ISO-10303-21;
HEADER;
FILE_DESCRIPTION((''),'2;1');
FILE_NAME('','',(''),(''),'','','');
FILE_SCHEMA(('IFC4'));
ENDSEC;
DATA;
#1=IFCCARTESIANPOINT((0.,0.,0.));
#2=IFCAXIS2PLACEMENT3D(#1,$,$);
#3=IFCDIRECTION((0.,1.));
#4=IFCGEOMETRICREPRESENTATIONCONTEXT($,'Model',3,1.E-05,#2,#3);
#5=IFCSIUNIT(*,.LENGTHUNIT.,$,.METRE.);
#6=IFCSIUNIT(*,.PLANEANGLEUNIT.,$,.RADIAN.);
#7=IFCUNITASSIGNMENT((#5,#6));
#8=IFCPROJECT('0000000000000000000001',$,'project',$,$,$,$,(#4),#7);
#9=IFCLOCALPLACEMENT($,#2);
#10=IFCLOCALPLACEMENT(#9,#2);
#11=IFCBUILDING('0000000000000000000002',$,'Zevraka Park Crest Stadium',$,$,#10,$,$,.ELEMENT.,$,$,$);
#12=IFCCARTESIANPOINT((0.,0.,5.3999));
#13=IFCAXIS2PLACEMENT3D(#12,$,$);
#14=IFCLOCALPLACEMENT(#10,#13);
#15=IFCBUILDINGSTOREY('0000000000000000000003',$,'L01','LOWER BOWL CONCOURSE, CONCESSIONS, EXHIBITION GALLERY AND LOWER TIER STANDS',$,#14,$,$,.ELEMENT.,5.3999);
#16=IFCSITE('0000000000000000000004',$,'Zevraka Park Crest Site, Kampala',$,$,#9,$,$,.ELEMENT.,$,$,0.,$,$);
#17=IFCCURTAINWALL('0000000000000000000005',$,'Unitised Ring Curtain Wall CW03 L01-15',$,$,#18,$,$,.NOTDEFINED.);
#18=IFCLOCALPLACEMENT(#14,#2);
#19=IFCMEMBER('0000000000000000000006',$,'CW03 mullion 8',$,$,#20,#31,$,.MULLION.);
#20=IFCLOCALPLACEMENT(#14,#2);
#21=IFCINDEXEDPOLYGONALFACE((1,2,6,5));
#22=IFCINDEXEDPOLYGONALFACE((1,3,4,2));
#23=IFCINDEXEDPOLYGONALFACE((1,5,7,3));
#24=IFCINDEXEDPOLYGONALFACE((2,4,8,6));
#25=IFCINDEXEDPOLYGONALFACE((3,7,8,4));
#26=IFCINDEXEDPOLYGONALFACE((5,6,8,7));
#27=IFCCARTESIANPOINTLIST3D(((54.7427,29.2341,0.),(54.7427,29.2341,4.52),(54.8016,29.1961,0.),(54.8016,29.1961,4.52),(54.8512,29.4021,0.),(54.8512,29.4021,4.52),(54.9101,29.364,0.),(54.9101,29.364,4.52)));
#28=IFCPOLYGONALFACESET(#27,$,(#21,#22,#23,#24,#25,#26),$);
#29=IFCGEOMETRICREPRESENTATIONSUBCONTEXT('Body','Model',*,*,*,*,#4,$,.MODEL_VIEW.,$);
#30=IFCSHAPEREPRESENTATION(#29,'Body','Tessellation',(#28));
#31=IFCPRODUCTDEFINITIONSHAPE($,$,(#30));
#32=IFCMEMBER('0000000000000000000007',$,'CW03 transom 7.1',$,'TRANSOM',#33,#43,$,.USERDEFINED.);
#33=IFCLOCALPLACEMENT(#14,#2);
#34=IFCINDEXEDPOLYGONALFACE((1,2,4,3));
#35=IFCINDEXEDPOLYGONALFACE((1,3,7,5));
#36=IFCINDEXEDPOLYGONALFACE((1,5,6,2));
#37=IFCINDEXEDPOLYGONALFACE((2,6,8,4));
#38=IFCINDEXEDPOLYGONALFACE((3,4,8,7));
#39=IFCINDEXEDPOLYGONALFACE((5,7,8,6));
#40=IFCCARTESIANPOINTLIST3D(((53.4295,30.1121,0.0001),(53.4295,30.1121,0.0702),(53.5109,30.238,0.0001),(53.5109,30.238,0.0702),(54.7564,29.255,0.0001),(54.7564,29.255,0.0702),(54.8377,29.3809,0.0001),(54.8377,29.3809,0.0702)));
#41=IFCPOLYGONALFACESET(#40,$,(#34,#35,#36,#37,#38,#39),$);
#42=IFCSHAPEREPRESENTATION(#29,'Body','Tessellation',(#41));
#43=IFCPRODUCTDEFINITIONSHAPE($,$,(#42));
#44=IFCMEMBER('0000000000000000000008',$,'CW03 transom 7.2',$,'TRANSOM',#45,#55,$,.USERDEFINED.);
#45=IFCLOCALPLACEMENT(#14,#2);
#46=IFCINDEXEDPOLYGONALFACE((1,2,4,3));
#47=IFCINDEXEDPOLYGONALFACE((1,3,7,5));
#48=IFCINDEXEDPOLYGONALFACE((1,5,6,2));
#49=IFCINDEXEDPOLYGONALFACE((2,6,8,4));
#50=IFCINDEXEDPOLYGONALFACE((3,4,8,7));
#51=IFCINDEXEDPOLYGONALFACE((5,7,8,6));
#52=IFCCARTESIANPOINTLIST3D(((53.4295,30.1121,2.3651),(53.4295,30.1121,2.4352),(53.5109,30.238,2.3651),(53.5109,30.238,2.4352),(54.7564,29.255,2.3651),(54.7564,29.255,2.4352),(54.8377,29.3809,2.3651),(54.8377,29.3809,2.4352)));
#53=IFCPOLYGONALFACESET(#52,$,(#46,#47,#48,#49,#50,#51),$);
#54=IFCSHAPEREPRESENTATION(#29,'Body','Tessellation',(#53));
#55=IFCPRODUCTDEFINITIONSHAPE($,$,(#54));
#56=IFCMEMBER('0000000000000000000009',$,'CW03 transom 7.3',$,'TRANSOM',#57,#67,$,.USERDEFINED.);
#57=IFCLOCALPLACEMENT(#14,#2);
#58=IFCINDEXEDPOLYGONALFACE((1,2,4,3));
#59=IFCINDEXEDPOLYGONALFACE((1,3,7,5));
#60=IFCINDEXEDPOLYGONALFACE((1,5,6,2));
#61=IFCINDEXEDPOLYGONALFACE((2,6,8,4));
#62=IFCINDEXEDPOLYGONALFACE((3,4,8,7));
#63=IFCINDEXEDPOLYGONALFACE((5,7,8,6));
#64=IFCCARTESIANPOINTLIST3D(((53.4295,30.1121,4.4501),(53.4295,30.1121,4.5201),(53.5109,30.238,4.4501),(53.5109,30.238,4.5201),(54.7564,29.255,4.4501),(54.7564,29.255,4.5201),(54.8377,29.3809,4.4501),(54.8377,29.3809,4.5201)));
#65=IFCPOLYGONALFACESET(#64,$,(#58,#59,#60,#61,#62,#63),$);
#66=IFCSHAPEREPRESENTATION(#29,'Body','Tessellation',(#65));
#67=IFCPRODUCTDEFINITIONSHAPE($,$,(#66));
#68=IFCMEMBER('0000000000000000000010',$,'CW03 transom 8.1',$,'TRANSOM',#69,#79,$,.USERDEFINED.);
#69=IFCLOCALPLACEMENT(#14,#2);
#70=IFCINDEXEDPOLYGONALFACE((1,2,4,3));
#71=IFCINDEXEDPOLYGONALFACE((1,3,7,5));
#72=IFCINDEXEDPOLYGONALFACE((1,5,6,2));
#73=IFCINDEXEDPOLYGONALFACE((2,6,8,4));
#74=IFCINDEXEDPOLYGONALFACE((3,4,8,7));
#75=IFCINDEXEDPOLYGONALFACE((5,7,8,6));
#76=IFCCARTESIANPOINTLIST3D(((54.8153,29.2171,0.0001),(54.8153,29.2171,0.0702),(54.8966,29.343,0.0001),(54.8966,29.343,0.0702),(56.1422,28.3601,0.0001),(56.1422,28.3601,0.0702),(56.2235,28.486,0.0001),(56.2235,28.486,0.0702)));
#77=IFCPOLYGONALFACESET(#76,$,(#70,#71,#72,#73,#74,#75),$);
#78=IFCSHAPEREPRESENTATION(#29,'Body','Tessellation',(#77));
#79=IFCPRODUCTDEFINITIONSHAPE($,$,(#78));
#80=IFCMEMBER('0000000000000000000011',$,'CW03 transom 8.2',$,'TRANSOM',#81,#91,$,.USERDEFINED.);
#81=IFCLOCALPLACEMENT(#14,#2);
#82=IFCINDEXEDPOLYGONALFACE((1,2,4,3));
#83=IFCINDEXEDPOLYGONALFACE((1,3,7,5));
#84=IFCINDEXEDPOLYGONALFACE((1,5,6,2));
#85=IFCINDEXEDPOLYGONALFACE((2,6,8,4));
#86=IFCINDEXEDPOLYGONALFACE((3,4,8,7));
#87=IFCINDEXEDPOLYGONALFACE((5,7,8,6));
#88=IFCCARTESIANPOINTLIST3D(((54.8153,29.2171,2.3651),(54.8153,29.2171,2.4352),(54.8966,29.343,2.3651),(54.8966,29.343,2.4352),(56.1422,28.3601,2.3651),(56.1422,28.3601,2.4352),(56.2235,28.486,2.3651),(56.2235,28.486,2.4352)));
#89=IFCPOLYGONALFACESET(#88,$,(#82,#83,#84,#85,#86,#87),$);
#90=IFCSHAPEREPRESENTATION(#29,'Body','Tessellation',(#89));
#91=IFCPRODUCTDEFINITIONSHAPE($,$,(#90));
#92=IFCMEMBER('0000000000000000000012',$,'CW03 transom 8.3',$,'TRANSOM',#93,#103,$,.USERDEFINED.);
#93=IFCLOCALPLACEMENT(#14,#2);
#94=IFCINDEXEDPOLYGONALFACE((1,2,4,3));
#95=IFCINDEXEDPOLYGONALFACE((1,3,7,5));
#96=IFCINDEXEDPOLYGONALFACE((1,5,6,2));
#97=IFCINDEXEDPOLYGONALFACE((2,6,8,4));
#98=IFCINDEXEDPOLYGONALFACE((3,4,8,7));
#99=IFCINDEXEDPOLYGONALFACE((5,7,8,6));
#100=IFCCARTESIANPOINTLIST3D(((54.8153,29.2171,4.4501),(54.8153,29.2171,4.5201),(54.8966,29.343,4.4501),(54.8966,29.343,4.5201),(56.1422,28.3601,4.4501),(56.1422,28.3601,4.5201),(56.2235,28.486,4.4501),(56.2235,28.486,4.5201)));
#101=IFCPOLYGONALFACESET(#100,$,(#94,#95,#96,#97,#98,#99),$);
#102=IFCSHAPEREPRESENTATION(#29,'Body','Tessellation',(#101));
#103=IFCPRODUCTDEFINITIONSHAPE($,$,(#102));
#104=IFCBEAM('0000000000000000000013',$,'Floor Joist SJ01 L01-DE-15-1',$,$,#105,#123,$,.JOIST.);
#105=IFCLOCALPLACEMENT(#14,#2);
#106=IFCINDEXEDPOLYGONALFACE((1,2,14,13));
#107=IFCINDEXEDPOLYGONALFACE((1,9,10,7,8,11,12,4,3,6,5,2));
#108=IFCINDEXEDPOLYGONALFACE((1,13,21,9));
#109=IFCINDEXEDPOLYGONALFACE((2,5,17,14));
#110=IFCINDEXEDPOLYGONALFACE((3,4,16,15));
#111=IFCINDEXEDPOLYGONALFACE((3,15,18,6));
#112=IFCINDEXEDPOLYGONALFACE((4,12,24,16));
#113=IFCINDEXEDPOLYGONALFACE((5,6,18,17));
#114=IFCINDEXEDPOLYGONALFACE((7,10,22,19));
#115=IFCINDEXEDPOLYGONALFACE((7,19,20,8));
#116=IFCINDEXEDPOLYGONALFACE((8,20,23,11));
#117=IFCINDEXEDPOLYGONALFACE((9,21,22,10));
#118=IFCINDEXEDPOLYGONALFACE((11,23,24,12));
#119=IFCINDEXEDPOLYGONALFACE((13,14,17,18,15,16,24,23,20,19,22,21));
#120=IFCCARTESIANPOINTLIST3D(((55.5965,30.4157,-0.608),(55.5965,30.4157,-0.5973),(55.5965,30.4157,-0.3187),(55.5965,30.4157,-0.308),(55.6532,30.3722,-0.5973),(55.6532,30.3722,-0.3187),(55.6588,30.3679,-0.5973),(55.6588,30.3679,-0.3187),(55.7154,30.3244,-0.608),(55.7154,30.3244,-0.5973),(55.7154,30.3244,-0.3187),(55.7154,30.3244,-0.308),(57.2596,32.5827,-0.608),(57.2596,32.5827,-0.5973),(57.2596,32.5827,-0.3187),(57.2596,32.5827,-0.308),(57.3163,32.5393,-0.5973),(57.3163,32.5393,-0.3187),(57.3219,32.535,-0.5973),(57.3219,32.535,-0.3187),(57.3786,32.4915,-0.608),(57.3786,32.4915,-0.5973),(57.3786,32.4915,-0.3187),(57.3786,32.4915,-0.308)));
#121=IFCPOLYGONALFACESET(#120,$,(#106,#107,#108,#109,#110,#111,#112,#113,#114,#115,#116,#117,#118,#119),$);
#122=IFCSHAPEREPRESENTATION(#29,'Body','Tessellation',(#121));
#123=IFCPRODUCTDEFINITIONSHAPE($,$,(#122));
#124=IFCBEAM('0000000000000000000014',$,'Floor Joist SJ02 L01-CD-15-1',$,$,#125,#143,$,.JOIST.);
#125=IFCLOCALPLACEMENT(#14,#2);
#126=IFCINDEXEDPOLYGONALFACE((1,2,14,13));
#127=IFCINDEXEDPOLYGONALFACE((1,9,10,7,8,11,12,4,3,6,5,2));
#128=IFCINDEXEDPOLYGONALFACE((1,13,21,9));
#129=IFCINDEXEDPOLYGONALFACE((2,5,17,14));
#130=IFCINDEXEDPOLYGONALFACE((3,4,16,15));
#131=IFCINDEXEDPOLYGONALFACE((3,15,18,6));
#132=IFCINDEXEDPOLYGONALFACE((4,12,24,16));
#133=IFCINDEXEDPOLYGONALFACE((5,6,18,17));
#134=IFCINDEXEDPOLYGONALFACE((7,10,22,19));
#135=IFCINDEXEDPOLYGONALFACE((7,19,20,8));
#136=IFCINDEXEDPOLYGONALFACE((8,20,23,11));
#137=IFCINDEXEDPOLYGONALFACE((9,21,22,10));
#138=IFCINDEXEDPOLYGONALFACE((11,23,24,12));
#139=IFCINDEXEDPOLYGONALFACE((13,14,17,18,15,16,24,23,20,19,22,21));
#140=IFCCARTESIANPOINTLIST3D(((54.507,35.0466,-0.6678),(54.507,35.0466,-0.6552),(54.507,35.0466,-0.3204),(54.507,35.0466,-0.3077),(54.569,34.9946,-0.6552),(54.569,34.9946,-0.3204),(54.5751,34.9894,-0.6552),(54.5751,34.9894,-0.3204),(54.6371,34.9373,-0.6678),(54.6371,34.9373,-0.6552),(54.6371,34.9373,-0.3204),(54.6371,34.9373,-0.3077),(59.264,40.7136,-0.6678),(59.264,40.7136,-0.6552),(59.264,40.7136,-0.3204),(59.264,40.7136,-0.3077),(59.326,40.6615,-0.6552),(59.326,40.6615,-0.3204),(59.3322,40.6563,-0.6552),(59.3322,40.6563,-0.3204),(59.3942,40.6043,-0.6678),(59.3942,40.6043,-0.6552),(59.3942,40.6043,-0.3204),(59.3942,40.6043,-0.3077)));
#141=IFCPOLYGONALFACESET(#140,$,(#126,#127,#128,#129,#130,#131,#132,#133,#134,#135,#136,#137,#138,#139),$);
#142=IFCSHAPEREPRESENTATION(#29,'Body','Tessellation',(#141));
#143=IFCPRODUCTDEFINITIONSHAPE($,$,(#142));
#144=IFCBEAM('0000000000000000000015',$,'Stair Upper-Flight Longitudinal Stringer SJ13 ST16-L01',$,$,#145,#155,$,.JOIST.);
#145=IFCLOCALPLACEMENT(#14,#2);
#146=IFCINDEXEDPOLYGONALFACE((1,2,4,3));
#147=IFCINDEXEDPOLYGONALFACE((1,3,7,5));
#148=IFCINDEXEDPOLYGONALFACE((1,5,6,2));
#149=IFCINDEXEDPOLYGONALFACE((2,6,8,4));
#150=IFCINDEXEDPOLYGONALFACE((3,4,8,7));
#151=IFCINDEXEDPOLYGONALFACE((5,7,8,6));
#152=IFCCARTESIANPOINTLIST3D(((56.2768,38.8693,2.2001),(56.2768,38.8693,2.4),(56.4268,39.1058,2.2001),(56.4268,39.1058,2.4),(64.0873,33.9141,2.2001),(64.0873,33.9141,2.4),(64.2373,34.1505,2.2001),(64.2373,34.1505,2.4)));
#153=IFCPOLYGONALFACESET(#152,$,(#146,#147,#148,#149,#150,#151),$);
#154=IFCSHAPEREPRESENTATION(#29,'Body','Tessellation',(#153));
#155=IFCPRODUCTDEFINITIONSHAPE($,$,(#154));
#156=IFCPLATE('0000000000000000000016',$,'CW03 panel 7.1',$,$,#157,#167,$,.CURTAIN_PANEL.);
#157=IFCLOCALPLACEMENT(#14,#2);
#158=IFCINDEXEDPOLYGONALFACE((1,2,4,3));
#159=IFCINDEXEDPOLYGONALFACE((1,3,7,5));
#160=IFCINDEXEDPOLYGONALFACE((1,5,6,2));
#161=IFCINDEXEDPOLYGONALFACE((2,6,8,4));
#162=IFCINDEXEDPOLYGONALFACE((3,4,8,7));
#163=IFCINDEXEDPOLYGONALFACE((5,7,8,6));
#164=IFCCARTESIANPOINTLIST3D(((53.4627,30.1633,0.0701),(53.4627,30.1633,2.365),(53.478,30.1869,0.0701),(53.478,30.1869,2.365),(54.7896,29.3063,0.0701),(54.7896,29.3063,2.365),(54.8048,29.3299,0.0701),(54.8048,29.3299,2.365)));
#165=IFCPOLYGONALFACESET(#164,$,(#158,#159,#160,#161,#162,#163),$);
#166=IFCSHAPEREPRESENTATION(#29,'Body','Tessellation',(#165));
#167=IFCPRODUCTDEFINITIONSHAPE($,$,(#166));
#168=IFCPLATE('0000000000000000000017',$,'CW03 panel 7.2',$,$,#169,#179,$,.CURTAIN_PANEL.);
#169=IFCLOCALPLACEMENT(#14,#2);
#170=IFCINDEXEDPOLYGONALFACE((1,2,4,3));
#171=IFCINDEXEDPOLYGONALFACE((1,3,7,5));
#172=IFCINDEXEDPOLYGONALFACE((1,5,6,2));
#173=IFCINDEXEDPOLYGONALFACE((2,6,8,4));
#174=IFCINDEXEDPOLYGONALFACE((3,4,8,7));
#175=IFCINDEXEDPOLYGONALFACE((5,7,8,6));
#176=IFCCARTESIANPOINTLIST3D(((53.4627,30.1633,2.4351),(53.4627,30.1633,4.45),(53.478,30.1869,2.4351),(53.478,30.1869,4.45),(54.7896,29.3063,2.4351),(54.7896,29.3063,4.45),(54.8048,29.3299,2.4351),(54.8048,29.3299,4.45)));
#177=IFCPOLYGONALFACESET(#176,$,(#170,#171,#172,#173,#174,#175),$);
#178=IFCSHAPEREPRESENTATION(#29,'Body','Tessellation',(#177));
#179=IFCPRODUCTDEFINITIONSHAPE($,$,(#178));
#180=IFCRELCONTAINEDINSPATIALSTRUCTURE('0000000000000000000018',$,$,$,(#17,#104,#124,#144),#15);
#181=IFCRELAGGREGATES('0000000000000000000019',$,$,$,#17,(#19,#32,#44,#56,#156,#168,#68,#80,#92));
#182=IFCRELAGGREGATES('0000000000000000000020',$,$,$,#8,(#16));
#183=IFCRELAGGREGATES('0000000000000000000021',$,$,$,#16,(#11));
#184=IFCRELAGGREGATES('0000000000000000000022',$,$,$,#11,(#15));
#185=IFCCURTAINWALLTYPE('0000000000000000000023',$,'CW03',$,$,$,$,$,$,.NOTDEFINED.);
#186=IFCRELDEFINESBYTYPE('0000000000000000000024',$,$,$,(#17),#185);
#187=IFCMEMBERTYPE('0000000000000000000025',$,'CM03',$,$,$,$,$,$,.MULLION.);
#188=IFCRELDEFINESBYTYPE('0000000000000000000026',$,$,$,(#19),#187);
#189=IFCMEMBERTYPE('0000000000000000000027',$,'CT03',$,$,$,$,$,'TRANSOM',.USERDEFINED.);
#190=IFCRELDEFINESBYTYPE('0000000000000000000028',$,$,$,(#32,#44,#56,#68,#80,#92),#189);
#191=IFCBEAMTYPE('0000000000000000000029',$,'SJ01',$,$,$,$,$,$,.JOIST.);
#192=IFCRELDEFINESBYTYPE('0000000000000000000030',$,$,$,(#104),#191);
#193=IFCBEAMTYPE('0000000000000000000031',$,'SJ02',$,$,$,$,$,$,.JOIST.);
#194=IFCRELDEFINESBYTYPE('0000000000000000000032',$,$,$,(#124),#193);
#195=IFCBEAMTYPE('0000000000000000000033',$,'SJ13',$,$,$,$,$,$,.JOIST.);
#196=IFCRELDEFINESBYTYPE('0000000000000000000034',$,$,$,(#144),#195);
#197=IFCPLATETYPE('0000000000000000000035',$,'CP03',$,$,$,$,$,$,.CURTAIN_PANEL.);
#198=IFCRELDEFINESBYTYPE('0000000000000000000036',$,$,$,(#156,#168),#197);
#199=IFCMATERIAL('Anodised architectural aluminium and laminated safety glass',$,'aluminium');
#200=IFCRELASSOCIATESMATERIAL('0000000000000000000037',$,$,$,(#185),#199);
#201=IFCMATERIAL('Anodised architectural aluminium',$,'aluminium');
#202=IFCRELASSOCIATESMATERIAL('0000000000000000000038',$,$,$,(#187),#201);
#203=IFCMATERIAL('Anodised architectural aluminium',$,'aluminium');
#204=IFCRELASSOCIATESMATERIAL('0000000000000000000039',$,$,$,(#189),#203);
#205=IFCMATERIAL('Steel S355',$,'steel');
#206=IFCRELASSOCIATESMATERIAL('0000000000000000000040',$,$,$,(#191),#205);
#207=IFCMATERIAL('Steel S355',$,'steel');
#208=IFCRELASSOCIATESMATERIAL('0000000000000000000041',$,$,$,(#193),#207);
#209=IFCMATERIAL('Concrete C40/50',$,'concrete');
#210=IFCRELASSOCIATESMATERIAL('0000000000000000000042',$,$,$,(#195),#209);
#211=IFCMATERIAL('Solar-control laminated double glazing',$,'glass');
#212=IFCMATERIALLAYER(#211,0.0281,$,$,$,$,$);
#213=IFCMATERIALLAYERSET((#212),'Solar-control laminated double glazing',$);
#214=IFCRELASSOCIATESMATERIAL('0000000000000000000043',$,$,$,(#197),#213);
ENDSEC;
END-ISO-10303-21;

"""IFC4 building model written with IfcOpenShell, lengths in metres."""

from ifc_helpers import new_model, si_unit, direction, frame, origin, origin_2d, place, context, subcontext, project, spatial, rectangle, i_section, extrude, material, layer, layer_set, material_profile, profile_set, type_object, element, aggregate, save


model = new_model("IFC4")

# Units and contexts
model_context = context("Model", 3, precision=1e-05, world=origin(), true_north=direction((0.0, 1.0)))
body_context = subcontext(model_context, "Body", "Model", "MODEL_VIEW")
ifc_project = project(units=[si_unit("LENGTHUNIT", "METRE"), si_unit("PLANEANGLEUNIT", "RADIAN")], contexts=[model_context])

# Site, building, storey
site_placement = place(None, origin())
site = spatial("IfcSite", under=ifc_project, at=site_placement, Name="Zevraka Park Crest Site, Kampala", CompositionType="ELEMENT", RefElevation=0.0)
building_placement = place(site_placement, origin())
building = spatial("IfcBuilding", under=site, at=building_placement, Name="Zevraka Park Crest Stadium", CompositionType="ELEMENT")
storey_placement = place(building_placement, frame((0.0, 0.0, 5.3999)))
storey = spatial("IfcBuildingStorey", under=building, at=storey_placement, Name="L01", Description="LOWER BOWL CONCOURSE, CONCESSIONS, EXHIBITION GALLERY AND LOWER TIER STANDS", CompositionType="ELEMENT", Elevation=5.3999)

# Curtain wall, members
ifc_material_1 = material(Name="Anodised architectural aluminium and laminated safety glass", Category="aluminium")
curtain_wall_type = type_object("IfcCurtainWallType", Name="CW03", PredefinedType="NOTDEFINED", material=ifc_material_1)
curtain_wall_placement = place(storey_placement, origin())
curtain_wall = element("IfcCurtainWall", 1, at=curtain_wall_placement, inside=storey, type_object=curtain_wall_type, Name="Unitised Ring Curtain Wall CW03 L01-15", PredefinedType="NOTDEFINED")
ifc_material_2 = material(Name="Anodised architectural aluminium", Category="aluminium")
ifc_material_profile_1 = material_profile(ifc_material_2, rectangle(XDim=0.2, YDim=0.0701, at=origin_2d()), Name="ALU MULLION 200x70")
ifc_profile_set_1 = profile_set([ifc_material_profile_1], Name="Anodised architectural aluminium")
member_type_1 = type_object("IfcMemberType", Name="CM03", PredefinedType="MULLION", material=ifc_profile_set_1)
member_1_placement = place(storey_placement, frame((54.8264, 29.2991, 0.0), z_axis=(0.0, 0.0, 1.0), x_axis=(0.542571, 0.84001, 0.0)))
member_1 = element("IfcMember", 2, at=member_1_placement, type_object=member_type_1, Name="CW03 mullion 8", PredefinedType="MULLION", context=body_context, shape_type="SweptSolid", body=[
    extrude(rectangle(XDim=0.2, YDim=0.0701, at=origin_2d()), origin(), (0.0, 0.0, 1.0), 4.52),
])
ifc_material_3 = material(Name="Anodised architectural aluminium", Category="aluminium")
ifc_material_profile_2 = material_profile(ifc_material_3, rectangle(XDim=0.1499, YDim=0.0701, at=origin_2d()), Name="ALU TRANSOM 150x70")
ifc_profile_set_2 = profile_set([ifc_material_profile_2], Name="Anodised architectural aluminium")
member_type_2 = type_object("IfcMemberType", Name="CT03", ElementType="TRANSOM", PredefinedType="USERDEFINED", material=ifc_profile_set_2)
member_2_placement = place(storey_placement, frame((53.4702, 30.175, 0.0352), z_axis=(0.839976, -0.542623, 0.0), x_axis=(0.542623, 0.839976, 0.0)))
member_2 = element("IfcMember", 3, at=member_2_placement, type_object=member_type_2, Name="CW03 transom 7.1", ObjectType="TRANSOM", PredefinedType="USERDEFINED", context=body_context, shape_type="SweptSolid", body=[
    extrude(rectangle(XDim=0.1499, YDim=0.0701, at=origin_2d()), origin(), (0.0, 0.0, 1.0), 1.5796),
])
member_3_placement = place(storey_placement, frame((53.4702, 30.175, 2.4001), z_axis=(0.839976, -0.542623, 0.0), x_axis=(0.542623, 0.839976, 0.0)))
member_3 = element("IfcMember", 4, at=member_3_placement, type_object=member_type_2, Name="CW03 transom 7.2", ObjectType="TRANSOM", PredefinedType="USERDEFINED", context=body_context, shape_type="SweptSolid", body=[
    extrude(rectangle(XDim=0.1499, YDim=0.0701, at=origin_2d()), origin(), (0.0, 0.0, 1.0), 1.5796),
])
member_4_placement = place(storey_placement, frame((53.4702, 30.175, 4.4851), z_axis=(0.839976, -0.542623, 0.0), x_axis=(0.542623, 0.839976, 0.0)))
member_4 = element("IfcMember", 5, at=member_4_placement, type_object=member_type_2, Name="CW03 transom 7.3", ObjectType="TRANSOM", PredefinedType="USERDEFINED", context=body_context, shape_type="SweptSolid", body=[
    extrude(rectangle(XDim=0.1499, YDim=0.0701, at=origin_2d()), origin(), (0.0, 0.0, 1.0), 1.5796),
])
member_5_placement = place(storey_placement, frame((54.856, 29.28, 0.0352), z_axis=(0.840047, -0.542514, 0.0), x_axis=(0.542514, 0.840047, 0.0)))
member_5 = element("IfcMember", 6, at=member_5_placement, type_object=member_type_2, Name="CW03 transom 8.1", ObjectType="TRANSOM", PredefinedType="USERDEFINED", context=body_context, shape_type="SweptSolid", body=[
    extrude(rectangle(XDim=0.1499, YDim=0.0701, at=origin_2d()), origin(), (0.0, 0.0, 1.0), 1.5796),
])
member_6_placement = place(storey_placement, frame((54.856, 29.28, 2.4001), z_axis=(0.840047, -0.542514, 0.0), x_axis=(0.542514, 0.840047, 0.0)))
member_6 = element("IfcMember", 7, at=member_6_placement, type_object=member_type_2, Name="CW03 transom 8.2", ObjectType="TRANSOM", PredefinedType="USERDEFINED", context=body_context, shape_type="SweptSolid", body=[
    extrude(rectangle(XDim=0.1499, YDim=0.0701, at=origin_2d()), origin(), (0.0, 0.0, 1.0), 1.5796),
])
member_7_placement = place(storey_placement, frame((54.856, 29.28, 4.4851), z_axis=(0.840047, -0.542514, 0.0), x_axis=(0.542514, 0.840047, 0.0)))
member_7 = element("IfcMember", 8, at=member_7_placement, type_object=member_type_2, Name="CW03 transom 8.3", ObjectType="TRANSOM", PredefinedType="USERDEFINED", context=body_context, shape_type="SweptSolid", body=[
    extrude(rectangle(XDim=0.1499, YDim=0.0701, at=origin_2d()), origin(), (0.0, 0.0, 1.0), 1.5796),
])

# Beams
ifc_material_4 = material(Name="Steel S355", Category="steel")
ifc_material_profile_3 = material_profile(ifc_material_4, i_section(OverallWidth=0.1499, OverallDepth=0.3, WebThickness=0.0071, FlangeThickness=0.0107, at=origin_2d()), Name="IPE 300")
ifc_profile_set_3 = profile_set([ifc_material_profile_3], Name="Steel S355")
beam_type_1 = type_object("IfcBeamType", Name="SJ01", PredefinedType="JOIST", material=ifc_profile_set_3)
beam_1_placement = place(storey_placement, frame((57.3191, 32.5371, -0.458), z_axis=(-0.608829, -0.793301, 0.0), x_axis=(0.793301, -0.608829, 0.0)))
element("IfcBeam", 9, at=beam_1_placement, inside=storey, type_object=beam_type_1, Name="Floor Joist SJ01 L01-DE-15-1", PredefinedType="JOIST", context=body_context, shape_type="SweptSolid", body=[
    extrude(i_section(OverallWidth=0.1499, OverallDepth=0.3, WebThickness=0.0071, FlangeThickness=0.0107, at=origin_2d()), origin(), (0.0, 0.0, 1.0), 2.7317),
])
ifc_material_5 = material(Name="Steel S355", Category="steel")
ifc_material_profile_4 = material_profile(ifc_material_5, i_section(OverallWidth=0.1699, OverallDepth=0.3601, WebThickness=0.0081, FlangeThickness=0.0127, at=origin_2d()), Name="IPE 360")
ifc_profile_set_4 = profile_set([ifc_material_profile_4], Name="Steel S355")
beam_type_2 = type_object("IfcBeamType", Name="SJ02", PredefinedType="JOIST", material=ifc_profile_set_4)
beam_2_placement = place(storey_placement, frame((59.3291, 40.6589, -0.4878), z_axis=(-0.642939, -0.765917, 0.0), x_axis=(0.765917, -0.642939, 0.0)))
element("IfcBeam", 10, at=beam_2_placement, inside=storey, type_object=beam_type_2, Name="Floor Joist SJ02 L01-CD-15-1", PredefinedType="JOIST", context=body_context, shape_type="SweptSolid", body=[
    extrude(i_section(OverallWidth=0.1699, OverallDepth=0.3601, WebThickness=0.0081, FlangeThickness=0.0127, at=origin_2d()), origin(), (0.0, 0.0, 1.0), 7.3989),
])
ifc_material_6 = material(Name="Concrete C40/50", Category="concrete")
ifc_material_profile_5 = material_profile(ifc_material_6, rectangle(XDim=0.28, YDim=0.2, at=origin_2d()), Name="RC 200x280")
ifc_profile_set_5 = profile_set([ifc_material_profile_5], Name="Concrete C40/50")
beam_type_3 = type_object("IfcBeamType", Name="SJ13", PredefinedType="JOIST", material=ifc_profile_set_5)
beam_3_placement = place(storey_placement, frame((56.3518, 38.9875, 2.3), z_axis=(0.844396, -0.535719, 0.0), x_axis=(0.535719, 0.844396, 0.0)))
element("IfcBeam", 11, at=beam_3_placement, inside=storey, type_object=beam_type_3, Name="Stair Upper-Flight Longitudinal Stringer SJ13 ST16-L01", PredefinedType="JOIST", context=body_context, shape_type="SweptSolid", body=[
    extrude(rectangle(XDim=0.28, YDim=0.2, at=origin_2d()), origin(), (0.0, 0.0, 1.0), 9.2498),
])

# Plates
ifc_material_7 = material(Name="Solar-control laminated double glazing", Category="glass")
ifc_layer_1 = layer(ifc_material_7, 0.0281)
ifc_layer_set_1 = layer_set([ifc_layer_1], Name="Solar-control laminated double glazing")
plate_type = type_object("IfcPlateType", Name="CP03", PredefinedType="CURTAIN_PANEL", material=ifc_layer_set_1)
plate_1_placement = place(storey_placement, frame((54.1338, 29.7466, 0.0701), z_axis=(0.0, 0.0, 1.0), x_axis=(0.84001, -0.542571, 0.0)))
plate_1 = element("IfcPlate", 12, at=plate_1_placement, type_object=plate_type, Name="CW03 panel 7.1", PredefinedType="CURTAIN_PANEL", context=body_context, shape_type="SweptSolid", body=[
    extrude(rectangle(XDim=1.5796, YDim=0.0281, at=origin_2d()), origin(), (0.0, 0.0, 1.0), 2.2949),
])
plate_2_placement = place(storey_placement, frame((54.1338, 29.7466, 2.4351), z_axis=(0.0, 0.0, 1.0), x_axis=(0.84001, -0.542571, 0.0)))
plate_2 = element("IfcPlate", 13, at=plate_2_placement, type_object=plate_type, Name="CW03 panel 7.2", PredefinedType="CURTAIN_PANEL", context=body_context, shape_type="SweptSolid", body=[
    extrude(rectangle(XDim=1.5796, YDim=0.0281, at=origin_2d()), origin(), (0.0, 0.0, 1.0), 2.0149),
])
aggregate(curtain_wall, [member_1, member_2, member_3, member_4, plate_1, plate_2, member_5, member_6, member_7])

save(model, "model.ifc")
